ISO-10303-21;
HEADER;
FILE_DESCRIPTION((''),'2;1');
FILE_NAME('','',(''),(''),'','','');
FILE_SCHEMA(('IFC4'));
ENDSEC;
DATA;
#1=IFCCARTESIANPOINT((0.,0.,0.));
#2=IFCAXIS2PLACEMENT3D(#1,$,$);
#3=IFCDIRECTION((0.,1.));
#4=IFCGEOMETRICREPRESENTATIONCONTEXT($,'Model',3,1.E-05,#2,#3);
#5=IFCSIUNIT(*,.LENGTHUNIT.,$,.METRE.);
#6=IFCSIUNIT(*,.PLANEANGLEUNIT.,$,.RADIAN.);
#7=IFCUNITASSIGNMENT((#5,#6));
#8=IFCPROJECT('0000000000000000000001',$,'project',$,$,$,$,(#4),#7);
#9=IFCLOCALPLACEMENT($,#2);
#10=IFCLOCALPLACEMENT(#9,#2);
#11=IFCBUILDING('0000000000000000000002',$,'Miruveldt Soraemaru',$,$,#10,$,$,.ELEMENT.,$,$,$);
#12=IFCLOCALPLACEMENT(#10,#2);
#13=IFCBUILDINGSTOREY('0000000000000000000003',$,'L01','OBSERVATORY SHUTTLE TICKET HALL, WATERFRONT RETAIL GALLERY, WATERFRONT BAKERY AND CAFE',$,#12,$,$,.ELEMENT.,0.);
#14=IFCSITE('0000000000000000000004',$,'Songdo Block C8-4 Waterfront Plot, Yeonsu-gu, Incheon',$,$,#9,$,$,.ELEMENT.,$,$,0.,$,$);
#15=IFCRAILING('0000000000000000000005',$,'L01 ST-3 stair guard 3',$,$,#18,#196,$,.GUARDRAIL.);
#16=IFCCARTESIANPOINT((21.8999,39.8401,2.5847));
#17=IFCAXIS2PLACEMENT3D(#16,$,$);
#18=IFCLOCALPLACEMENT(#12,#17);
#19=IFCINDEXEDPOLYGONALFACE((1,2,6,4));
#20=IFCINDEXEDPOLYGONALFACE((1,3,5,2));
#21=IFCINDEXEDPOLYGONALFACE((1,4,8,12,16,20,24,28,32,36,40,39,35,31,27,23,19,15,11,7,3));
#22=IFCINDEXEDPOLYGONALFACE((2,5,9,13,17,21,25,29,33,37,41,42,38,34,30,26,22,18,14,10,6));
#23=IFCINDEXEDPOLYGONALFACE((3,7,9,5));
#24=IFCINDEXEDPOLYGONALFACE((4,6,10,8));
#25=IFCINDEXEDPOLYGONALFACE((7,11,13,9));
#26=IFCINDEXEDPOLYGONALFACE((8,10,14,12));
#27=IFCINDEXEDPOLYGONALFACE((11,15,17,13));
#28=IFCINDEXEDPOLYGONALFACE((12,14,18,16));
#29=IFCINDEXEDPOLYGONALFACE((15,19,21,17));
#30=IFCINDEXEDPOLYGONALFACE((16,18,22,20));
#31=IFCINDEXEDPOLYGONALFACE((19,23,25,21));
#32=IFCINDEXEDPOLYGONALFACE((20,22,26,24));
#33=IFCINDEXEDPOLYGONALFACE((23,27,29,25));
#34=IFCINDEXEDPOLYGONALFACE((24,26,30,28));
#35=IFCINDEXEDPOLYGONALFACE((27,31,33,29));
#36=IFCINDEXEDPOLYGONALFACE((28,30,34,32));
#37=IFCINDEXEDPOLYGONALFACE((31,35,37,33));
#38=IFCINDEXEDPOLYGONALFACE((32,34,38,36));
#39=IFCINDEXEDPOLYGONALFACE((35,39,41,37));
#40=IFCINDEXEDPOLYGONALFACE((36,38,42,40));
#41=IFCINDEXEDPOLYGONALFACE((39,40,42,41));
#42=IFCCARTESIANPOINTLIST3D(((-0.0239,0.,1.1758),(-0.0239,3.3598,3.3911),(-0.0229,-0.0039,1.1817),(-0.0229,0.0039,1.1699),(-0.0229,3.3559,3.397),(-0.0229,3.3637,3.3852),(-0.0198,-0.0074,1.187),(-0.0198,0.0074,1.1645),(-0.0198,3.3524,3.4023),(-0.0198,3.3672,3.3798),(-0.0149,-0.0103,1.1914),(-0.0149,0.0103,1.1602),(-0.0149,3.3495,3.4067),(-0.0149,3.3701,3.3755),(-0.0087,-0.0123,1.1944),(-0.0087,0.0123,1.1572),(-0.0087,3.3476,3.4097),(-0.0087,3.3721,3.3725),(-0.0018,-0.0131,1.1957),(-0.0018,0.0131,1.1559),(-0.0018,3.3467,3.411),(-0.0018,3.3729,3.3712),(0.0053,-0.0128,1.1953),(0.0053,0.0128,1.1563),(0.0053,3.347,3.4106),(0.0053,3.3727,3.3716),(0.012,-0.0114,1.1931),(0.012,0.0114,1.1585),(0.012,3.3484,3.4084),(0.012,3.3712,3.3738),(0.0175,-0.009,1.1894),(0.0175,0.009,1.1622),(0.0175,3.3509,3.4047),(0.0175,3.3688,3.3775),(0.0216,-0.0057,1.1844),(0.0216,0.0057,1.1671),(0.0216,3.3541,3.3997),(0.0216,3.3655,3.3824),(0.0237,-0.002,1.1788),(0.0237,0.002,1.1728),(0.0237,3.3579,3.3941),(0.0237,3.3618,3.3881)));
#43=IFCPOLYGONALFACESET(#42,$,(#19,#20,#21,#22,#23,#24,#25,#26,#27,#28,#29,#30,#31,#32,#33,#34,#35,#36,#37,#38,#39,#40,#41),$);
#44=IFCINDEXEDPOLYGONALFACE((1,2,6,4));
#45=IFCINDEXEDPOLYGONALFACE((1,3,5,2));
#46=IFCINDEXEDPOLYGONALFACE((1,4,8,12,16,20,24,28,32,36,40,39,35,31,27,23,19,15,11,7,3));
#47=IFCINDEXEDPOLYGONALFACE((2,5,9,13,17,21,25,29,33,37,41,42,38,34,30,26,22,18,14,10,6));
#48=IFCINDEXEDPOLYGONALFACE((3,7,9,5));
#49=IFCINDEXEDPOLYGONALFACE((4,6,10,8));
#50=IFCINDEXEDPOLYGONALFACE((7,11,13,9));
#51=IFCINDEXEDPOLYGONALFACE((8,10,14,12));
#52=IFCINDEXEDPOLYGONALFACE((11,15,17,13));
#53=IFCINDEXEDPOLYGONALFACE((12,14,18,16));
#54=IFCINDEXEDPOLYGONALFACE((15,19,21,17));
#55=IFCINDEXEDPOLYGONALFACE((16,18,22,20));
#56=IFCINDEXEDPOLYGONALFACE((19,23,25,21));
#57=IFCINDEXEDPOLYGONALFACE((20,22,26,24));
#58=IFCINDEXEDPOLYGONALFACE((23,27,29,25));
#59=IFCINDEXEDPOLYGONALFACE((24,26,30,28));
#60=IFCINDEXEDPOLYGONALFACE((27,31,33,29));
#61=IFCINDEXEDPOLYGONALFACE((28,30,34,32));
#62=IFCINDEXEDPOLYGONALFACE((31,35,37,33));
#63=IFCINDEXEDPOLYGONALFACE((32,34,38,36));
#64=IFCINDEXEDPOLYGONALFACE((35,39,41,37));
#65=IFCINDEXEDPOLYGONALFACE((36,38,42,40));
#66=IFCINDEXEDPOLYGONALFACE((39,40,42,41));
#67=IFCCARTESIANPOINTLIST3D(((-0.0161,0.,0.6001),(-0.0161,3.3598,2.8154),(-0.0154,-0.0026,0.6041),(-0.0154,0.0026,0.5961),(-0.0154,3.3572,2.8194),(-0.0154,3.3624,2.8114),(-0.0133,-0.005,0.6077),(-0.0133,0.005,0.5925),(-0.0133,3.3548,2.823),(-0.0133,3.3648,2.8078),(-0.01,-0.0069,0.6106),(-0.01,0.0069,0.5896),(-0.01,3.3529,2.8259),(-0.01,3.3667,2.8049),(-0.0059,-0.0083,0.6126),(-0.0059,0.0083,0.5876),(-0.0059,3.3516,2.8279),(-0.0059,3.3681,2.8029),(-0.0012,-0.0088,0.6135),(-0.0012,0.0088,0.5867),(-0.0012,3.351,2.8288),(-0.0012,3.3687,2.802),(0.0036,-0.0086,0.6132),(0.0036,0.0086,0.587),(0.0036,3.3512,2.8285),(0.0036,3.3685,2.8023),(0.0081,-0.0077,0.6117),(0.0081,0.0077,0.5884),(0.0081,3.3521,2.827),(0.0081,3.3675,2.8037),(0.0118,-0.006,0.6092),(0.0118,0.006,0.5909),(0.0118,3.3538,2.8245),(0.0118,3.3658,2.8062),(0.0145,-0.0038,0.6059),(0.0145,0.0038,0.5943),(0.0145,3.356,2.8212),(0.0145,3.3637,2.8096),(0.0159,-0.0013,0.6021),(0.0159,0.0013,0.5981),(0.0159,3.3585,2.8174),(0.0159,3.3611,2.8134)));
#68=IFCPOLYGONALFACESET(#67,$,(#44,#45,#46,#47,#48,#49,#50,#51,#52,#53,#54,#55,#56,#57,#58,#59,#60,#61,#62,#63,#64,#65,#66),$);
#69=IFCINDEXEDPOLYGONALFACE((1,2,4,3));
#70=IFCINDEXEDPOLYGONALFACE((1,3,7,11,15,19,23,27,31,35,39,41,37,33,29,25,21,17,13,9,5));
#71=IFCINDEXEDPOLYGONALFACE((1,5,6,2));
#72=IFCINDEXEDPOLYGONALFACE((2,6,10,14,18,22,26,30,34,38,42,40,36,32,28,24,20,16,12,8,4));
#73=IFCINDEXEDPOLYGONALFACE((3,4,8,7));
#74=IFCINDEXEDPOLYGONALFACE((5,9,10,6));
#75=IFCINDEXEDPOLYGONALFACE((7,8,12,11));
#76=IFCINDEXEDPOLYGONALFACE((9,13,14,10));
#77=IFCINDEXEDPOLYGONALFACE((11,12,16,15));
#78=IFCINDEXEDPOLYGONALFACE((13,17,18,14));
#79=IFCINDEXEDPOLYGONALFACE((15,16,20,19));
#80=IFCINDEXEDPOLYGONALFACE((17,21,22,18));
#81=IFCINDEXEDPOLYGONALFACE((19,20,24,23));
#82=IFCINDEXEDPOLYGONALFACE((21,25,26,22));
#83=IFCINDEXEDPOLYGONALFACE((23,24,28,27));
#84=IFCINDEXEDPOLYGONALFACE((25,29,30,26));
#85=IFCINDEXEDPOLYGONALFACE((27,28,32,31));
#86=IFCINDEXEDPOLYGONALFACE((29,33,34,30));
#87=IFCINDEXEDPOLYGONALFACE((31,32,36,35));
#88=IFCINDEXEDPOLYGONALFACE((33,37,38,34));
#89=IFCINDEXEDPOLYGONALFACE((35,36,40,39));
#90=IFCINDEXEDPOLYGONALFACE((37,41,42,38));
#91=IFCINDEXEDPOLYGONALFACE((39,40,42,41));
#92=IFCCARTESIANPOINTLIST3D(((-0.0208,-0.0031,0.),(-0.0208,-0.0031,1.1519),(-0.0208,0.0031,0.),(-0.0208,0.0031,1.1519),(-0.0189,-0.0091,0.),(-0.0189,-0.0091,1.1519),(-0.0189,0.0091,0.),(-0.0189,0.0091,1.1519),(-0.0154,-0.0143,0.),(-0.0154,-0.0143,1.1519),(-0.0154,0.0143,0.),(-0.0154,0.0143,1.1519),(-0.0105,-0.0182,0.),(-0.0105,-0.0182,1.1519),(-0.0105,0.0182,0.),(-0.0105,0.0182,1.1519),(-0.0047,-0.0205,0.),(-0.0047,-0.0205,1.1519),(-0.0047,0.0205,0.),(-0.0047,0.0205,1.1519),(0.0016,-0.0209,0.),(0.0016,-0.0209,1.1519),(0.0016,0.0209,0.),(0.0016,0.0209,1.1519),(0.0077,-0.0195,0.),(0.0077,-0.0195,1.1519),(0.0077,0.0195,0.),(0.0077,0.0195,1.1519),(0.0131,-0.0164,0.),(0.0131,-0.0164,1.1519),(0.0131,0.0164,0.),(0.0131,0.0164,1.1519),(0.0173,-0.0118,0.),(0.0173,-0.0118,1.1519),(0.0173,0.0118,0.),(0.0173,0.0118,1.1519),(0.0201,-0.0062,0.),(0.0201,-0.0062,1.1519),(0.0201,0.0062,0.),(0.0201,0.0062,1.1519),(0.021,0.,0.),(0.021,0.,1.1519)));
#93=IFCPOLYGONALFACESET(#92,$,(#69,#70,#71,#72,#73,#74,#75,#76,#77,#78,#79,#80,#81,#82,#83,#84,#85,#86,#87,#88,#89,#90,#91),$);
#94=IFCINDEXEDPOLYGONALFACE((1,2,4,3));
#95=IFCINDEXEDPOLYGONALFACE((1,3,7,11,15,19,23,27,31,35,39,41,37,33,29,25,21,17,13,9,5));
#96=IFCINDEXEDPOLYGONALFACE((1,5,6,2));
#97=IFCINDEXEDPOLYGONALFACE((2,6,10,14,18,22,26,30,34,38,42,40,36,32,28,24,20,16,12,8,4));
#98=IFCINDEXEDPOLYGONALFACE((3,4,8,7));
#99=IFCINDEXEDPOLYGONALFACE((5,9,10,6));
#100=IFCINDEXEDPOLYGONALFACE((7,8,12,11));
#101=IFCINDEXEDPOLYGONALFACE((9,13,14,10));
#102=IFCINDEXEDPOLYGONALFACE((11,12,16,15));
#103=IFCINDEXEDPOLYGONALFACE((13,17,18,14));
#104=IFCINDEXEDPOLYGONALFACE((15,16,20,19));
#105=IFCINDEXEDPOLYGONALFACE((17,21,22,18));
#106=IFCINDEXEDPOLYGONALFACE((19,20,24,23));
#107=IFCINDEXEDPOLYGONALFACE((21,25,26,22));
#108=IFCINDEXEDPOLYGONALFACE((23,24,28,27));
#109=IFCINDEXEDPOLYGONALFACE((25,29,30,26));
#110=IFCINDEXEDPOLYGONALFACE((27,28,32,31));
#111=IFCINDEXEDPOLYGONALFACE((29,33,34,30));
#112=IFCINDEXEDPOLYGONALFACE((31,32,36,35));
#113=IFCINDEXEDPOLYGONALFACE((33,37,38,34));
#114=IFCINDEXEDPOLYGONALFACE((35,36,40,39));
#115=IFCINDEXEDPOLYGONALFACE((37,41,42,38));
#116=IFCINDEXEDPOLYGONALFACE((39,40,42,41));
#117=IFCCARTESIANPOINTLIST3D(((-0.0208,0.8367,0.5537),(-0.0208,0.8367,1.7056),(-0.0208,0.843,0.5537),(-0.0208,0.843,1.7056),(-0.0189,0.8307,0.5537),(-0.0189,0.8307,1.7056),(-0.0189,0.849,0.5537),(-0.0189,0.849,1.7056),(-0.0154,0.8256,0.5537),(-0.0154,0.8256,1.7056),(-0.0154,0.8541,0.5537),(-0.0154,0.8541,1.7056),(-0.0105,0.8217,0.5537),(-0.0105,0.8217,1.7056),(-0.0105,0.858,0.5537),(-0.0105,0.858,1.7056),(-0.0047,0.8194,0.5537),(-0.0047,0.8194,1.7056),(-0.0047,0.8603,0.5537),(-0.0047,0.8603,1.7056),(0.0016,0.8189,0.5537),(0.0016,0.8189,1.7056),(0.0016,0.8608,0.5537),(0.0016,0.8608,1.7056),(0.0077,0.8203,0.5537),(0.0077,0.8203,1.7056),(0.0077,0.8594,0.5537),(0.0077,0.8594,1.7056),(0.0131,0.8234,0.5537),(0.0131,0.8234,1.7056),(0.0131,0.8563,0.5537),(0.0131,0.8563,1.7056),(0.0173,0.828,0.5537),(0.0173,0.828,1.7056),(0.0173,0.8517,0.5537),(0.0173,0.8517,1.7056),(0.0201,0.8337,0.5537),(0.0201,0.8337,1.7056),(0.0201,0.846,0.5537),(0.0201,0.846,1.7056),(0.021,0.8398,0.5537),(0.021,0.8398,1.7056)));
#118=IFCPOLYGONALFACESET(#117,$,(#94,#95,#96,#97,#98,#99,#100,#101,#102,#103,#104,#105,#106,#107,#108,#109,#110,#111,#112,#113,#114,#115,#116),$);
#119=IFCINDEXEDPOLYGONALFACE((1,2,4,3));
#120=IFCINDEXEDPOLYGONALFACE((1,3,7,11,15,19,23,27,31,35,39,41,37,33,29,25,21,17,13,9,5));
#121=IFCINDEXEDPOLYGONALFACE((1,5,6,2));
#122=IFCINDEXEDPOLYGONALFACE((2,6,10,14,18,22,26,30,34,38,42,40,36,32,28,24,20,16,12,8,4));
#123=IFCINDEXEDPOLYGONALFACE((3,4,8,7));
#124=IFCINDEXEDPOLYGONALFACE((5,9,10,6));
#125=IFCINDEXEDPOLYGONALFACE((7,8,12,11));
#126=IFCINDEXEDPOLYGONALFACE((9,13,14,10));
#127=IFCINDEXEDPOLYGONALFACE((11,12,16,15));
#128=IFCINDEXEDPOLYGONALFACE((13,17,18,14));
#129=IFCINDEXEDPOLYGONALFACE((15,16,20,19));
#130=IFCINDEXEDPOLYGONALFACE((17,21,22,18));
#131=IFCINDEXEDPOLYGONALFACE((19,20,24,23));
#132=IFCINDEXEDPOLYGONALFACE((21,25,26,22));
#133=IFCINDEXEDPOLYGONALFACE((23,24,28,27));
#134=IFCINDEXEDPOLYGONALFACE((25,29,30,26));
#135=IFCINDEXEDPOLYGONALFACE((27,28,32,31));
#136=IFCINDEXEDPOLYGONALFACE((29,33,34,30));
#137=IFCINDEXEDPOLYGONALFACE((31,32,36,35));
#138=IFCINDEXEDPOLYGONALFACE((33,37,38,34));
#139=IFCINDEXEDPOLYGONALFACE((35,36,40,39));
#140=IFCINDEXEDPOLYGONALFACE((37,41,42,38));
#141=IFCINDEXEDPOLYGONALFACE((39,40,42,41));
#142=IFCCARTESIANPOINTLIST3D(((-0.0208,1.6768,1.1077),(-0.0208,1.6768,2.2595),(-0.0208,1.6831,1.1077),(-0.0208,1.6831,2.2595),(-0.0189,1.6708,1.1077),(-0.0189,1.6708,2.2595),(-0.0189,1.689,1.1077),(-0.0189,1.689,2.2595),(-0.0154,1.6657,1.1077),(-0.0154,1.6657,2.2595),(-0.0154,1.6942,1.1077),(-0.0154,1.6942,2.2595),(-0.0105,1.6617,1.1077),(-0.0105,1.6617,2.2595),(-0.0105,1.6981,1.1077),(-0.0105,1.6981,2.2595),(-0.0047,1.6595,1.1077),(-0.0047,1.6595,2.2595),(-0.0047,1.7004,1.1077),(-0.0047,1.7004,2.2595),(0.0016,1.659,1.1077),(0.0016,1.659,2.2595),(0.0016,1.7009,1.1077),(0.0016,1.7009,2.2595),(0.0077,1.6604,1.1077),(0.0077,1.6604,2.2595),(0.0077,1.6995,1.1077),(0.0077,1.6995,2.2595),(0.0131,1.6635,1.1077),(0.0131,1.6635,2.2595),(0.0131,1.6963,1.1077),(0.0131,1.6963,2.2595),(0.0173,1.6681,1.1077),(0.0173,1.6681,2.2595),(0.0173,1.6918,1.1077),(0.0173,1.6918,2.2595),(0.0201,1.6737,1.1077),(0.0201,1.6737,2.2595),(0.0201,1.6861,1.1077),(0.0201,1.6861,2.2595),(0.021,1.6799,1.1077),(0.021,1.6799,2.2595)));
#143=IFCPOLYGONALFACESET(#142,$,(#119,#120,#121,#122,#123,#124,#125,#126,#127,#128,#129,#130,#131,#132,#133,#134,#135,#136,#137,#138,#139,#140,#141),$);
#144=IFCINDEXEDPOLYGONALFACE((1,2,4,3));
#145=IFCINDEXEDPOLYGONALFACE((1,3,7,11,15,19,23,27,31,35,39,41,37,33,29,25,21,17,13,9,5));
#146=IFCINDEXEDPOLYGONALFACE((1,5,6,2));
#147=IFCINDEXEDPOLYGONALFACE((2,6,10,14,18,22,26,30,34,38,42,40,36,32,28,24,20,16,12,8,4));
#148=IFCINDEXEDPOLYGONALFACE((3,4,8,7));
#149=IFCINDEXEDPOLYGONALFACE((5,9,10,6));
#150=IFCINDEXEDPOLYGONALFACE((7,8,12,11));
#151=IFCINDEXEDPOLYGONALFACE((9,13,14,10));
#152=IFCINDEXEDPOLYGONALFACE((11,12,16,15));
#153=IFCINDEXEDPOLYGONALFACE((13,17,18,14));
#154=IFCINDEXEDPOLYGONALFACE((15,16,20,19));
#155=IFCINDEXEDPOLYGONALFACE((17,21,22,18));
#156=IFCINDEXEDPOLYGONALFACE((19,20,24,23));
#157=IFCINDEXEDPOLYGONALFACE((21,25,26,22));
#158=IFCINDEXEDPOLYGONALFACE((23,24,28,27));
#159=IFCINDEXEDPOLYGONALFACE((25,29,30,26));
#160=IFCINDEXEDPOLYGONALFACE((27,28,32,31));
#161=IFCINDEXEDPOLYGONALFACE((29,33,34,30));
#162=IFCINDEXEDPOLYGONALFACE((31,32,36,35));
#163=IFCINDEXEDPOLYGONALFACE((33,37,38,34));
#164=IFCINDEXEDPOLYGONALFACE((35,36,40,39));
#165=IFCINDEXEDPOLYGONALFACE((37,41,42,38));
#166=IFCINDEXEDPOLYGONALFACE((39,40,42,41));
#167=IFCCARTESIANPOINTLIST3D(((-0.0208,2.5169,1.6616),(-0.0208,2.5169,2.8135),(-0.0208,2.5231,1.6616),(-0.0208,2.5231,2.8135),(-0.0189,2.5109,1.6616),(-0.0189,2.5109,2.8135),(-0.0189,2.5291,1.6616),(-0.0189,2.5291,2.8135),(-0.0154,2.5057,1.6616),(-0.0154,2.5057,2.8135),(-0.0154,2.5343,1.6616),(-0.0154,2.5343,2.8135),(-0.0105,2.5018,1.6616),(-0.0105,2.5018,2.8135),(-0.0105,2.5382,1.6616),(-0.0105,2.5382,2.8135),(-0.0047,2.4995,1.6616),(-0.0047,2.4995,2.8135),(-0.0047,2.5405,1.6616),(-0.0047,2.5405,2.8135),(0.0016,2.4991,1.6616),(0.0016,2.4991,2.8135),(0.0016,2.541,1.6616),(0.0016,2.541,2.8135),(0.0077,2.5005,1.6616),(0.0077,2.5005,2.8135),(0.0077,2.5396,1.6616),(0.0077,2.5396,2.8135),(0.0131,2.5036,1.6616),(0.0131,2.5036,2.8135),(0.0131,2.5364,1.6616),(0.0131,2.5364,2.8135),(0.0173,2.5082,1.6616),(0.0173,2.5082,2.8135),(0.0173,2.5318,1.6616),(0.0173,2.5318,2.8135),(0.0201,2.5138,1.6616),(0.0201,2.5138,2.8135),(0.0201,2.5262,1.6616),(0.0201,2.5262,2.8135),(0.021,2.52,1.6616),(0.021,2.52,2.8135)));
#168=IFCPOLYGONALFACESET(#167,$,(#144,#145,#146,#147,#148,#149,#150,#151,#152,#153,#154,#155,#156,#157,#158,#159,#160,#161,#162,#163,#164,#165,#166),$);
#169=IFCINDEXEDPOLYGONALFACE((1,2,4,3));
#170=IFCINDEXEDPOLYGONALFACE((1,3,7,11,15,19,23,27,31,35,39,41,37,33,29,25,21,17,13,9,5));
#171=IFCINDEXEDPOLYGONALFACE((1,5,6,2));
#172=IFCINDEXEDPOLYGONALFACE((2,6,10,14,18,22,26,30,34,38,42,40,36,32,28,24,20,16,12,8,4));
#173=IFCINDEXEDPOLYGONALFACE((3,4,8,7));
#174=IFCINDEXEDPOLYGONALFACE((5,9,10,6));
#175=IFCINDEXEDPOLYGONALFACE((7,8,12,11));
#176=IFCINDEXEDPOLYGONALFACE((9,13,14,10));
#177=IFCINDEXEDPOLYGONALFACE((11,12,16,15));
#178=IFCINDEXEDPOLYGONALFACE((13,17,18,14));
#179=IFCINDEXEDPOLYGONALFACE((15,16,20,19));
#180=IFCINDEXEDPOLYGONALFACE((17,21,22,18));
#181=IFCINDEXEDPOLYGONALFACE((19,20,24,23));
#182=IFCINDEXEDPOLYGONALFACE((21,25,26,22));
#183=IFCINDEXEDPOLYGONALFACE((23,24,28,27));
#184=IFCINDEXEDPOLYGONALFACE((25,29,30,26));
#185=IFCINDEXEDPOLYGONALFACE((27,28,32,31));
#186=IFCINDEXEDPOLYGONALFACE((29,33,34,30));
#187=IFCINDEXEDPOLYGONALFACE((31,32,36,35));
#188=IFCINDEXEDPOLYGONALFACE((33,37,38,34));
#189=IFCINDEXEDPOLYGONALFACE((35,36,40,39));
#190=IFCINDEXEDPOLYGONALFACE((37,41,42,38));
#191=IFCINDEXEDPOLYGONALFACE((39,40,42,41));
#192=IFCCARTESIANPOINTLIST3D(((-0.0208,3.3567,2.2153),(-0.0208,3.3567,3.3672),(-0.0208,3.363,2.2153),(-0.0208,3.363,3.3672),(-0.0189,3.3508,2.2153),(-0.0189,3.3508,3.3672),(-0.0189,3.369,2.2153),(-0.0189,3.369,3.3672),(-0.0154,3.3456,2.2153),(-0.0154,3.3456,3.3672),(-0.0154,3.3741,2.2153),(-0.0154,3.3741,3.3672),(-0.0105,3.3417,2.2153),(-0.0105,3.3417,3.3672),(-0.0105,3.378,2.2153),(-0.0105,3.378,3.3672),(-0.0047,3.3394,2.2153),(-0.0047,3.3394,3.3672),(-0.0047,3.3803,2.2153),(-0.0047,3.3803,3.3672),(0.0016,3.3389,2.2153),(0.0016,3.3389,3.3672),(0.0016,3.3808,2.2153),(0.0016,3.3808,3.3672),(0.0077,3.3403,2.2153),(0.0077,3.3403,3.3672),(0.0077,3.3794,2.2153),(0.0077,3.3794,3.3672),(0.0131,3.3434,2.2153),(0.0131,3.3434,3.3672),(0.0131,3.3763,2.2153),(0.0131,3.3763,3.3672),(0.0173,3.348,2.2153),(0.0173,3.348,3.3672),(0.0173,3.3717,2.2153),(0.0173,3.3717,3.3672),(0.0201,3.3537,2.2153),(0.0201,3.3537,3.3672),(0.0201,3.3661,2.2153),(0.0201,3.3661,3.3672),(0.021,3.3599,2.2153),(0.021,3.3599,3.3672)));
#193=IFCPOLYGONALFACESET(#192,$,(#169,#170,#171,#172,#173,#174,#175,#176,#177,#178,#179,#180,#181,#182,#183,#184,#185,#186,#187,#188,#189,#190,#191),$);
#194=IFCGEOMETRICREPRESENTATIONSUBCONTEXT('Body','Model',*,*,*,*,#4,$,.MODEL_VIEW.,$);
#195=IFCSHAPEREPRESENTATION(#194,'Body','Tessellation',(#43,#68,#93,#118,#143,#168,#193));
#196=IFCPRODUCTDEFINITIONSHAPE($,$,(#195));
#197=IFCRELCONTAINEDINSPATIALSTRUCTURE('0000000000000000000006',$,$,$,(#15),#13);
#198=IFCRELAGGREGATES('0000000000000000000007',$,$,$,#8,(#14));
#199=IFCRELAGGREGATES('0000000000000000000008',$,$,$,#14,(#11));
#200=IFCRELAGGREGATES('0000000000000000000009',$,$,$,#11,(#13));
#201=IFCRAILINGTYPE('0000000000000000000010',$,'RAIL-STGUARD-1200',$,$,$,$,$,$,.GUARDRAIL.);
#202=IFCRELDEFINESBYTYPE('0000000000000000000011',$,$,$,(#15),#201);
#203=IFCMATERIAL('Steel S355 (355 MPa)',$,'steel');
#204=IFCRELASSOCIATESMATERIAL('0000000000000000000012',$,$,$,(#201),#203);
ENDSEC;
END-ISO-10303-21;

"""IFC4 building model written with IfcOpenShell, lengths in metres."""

from ifc_helpers import new_model, si_unit, direction, frame, origin, origin_2d, place, context, subcontext, project, spatial, circle, extrude, material, type_object, element, save


model = new_model("IFC4")

# Units and contexts
model_context = context("Model", 3, precision=1e-05, world=origin(), true_north=direction((0.0, 1.0)))
body_context = subcontext(model_context, "Body", "Model", "MODEL_VIEW")
ifc_project = project(units=[si_unit("LENGTHUNIT", "METRE"), si_unit("PLANEANGLEUNIT", "RADIAN")], contexts=[model_context])

# Site, building, storey
site_placement = place(None, origin())
site = spatial("IfcSite", under=ifc_project, at=site_placement, Name="Songdo Block C8-4 Waterfront Plot, Yeonsu-gu, Incheon", CompositionType="ELEMENT", RefElevation=0.0)
building_placement = place(site_placement, origin())
building = spatial("IfcBuilding", under=site, at=building_placement, Name="Miruveldt Soraemaru", CompositionType="ELEMENT")
storey_placement = place(building_placement, origin())
storey = spatial("IfcBuildingStorey", under=building, at=storey_placement, Name="L01", Description="OBSERVATORY SHUTTLE TICKET HALL, WATERFRONT RETAIL GALLERY, WATERFRONT BAKERY AND CAFE", CompositionType="ELEMENT", Elevation=0.0)

# Railing
ifc_material_1 = material(Name="Steel S355 (355 MPa)", Category="steel")
railing_type_1 = type_object("IfcRailingType", Name="RAIL-STGUARD-1200", PredefinedType="GUARDRAIL", material=ifc_material_1)
railing_1_placement = place(storey_placement, frame((21.8999, 39.8401, 2.5847)))
element("IfcRailing", 1, at=railing_1_placement, inside=storey, type_object=railing_type_1, Name="L01 ST-3 stair guard 3", PredefinedType="GUARDRAIL", context=body_context, shape_type="SweptSolid", body=[
    extrude(circle(Radius=0.0239, at=origin_2d()), frame((0.0, 0.0, 1.1758), z_axis=(0.0, 0.834858, 0.550465), x_axis=(-1.0, 0.0, 0.0)), (0.0, 0.0, 1.0), 4.0244),
    extrude(circle(Radius=0.0161, at=origin_2d()), frame((0.0, 0.0, 0.6001), z_axis=(0.0, 0.834858, 0.550465), x_axis=(-1.0, 0.0, 0.0)), (0.0, 0.0, 1.0), 4.0244),
    extrude(circle(Radius=0.021, at=origin_2d()), origin(), (0.0, 0.0, 1.0), 1.1519),
    extrude(circle(Radius=0.021, at=origin_2d()), frame((0.0, 0.8398, 0.5537)), (0.0, 0.0, 1.0), 1.1519),
    extrude(circle(Radius=0.021, at=origin_2d()), frame((0.0, 1.6799, 1.1077)), (0.0, 0.0, 1.0), 1.1519),
    extrude(circle(Radius=0.021, at=origin_2d()), frame((0.0, 2.52, 1.6616)), (0.0, 0.0, 1.0), 1.1519),
    extrude(circle(Radius=0.021, at=origin_2d()), frame((0.0, 3.3599, 2.2153)), (0.0, 0.0, 1.0), 1.1519),
])

save(model, "model.ifc")
